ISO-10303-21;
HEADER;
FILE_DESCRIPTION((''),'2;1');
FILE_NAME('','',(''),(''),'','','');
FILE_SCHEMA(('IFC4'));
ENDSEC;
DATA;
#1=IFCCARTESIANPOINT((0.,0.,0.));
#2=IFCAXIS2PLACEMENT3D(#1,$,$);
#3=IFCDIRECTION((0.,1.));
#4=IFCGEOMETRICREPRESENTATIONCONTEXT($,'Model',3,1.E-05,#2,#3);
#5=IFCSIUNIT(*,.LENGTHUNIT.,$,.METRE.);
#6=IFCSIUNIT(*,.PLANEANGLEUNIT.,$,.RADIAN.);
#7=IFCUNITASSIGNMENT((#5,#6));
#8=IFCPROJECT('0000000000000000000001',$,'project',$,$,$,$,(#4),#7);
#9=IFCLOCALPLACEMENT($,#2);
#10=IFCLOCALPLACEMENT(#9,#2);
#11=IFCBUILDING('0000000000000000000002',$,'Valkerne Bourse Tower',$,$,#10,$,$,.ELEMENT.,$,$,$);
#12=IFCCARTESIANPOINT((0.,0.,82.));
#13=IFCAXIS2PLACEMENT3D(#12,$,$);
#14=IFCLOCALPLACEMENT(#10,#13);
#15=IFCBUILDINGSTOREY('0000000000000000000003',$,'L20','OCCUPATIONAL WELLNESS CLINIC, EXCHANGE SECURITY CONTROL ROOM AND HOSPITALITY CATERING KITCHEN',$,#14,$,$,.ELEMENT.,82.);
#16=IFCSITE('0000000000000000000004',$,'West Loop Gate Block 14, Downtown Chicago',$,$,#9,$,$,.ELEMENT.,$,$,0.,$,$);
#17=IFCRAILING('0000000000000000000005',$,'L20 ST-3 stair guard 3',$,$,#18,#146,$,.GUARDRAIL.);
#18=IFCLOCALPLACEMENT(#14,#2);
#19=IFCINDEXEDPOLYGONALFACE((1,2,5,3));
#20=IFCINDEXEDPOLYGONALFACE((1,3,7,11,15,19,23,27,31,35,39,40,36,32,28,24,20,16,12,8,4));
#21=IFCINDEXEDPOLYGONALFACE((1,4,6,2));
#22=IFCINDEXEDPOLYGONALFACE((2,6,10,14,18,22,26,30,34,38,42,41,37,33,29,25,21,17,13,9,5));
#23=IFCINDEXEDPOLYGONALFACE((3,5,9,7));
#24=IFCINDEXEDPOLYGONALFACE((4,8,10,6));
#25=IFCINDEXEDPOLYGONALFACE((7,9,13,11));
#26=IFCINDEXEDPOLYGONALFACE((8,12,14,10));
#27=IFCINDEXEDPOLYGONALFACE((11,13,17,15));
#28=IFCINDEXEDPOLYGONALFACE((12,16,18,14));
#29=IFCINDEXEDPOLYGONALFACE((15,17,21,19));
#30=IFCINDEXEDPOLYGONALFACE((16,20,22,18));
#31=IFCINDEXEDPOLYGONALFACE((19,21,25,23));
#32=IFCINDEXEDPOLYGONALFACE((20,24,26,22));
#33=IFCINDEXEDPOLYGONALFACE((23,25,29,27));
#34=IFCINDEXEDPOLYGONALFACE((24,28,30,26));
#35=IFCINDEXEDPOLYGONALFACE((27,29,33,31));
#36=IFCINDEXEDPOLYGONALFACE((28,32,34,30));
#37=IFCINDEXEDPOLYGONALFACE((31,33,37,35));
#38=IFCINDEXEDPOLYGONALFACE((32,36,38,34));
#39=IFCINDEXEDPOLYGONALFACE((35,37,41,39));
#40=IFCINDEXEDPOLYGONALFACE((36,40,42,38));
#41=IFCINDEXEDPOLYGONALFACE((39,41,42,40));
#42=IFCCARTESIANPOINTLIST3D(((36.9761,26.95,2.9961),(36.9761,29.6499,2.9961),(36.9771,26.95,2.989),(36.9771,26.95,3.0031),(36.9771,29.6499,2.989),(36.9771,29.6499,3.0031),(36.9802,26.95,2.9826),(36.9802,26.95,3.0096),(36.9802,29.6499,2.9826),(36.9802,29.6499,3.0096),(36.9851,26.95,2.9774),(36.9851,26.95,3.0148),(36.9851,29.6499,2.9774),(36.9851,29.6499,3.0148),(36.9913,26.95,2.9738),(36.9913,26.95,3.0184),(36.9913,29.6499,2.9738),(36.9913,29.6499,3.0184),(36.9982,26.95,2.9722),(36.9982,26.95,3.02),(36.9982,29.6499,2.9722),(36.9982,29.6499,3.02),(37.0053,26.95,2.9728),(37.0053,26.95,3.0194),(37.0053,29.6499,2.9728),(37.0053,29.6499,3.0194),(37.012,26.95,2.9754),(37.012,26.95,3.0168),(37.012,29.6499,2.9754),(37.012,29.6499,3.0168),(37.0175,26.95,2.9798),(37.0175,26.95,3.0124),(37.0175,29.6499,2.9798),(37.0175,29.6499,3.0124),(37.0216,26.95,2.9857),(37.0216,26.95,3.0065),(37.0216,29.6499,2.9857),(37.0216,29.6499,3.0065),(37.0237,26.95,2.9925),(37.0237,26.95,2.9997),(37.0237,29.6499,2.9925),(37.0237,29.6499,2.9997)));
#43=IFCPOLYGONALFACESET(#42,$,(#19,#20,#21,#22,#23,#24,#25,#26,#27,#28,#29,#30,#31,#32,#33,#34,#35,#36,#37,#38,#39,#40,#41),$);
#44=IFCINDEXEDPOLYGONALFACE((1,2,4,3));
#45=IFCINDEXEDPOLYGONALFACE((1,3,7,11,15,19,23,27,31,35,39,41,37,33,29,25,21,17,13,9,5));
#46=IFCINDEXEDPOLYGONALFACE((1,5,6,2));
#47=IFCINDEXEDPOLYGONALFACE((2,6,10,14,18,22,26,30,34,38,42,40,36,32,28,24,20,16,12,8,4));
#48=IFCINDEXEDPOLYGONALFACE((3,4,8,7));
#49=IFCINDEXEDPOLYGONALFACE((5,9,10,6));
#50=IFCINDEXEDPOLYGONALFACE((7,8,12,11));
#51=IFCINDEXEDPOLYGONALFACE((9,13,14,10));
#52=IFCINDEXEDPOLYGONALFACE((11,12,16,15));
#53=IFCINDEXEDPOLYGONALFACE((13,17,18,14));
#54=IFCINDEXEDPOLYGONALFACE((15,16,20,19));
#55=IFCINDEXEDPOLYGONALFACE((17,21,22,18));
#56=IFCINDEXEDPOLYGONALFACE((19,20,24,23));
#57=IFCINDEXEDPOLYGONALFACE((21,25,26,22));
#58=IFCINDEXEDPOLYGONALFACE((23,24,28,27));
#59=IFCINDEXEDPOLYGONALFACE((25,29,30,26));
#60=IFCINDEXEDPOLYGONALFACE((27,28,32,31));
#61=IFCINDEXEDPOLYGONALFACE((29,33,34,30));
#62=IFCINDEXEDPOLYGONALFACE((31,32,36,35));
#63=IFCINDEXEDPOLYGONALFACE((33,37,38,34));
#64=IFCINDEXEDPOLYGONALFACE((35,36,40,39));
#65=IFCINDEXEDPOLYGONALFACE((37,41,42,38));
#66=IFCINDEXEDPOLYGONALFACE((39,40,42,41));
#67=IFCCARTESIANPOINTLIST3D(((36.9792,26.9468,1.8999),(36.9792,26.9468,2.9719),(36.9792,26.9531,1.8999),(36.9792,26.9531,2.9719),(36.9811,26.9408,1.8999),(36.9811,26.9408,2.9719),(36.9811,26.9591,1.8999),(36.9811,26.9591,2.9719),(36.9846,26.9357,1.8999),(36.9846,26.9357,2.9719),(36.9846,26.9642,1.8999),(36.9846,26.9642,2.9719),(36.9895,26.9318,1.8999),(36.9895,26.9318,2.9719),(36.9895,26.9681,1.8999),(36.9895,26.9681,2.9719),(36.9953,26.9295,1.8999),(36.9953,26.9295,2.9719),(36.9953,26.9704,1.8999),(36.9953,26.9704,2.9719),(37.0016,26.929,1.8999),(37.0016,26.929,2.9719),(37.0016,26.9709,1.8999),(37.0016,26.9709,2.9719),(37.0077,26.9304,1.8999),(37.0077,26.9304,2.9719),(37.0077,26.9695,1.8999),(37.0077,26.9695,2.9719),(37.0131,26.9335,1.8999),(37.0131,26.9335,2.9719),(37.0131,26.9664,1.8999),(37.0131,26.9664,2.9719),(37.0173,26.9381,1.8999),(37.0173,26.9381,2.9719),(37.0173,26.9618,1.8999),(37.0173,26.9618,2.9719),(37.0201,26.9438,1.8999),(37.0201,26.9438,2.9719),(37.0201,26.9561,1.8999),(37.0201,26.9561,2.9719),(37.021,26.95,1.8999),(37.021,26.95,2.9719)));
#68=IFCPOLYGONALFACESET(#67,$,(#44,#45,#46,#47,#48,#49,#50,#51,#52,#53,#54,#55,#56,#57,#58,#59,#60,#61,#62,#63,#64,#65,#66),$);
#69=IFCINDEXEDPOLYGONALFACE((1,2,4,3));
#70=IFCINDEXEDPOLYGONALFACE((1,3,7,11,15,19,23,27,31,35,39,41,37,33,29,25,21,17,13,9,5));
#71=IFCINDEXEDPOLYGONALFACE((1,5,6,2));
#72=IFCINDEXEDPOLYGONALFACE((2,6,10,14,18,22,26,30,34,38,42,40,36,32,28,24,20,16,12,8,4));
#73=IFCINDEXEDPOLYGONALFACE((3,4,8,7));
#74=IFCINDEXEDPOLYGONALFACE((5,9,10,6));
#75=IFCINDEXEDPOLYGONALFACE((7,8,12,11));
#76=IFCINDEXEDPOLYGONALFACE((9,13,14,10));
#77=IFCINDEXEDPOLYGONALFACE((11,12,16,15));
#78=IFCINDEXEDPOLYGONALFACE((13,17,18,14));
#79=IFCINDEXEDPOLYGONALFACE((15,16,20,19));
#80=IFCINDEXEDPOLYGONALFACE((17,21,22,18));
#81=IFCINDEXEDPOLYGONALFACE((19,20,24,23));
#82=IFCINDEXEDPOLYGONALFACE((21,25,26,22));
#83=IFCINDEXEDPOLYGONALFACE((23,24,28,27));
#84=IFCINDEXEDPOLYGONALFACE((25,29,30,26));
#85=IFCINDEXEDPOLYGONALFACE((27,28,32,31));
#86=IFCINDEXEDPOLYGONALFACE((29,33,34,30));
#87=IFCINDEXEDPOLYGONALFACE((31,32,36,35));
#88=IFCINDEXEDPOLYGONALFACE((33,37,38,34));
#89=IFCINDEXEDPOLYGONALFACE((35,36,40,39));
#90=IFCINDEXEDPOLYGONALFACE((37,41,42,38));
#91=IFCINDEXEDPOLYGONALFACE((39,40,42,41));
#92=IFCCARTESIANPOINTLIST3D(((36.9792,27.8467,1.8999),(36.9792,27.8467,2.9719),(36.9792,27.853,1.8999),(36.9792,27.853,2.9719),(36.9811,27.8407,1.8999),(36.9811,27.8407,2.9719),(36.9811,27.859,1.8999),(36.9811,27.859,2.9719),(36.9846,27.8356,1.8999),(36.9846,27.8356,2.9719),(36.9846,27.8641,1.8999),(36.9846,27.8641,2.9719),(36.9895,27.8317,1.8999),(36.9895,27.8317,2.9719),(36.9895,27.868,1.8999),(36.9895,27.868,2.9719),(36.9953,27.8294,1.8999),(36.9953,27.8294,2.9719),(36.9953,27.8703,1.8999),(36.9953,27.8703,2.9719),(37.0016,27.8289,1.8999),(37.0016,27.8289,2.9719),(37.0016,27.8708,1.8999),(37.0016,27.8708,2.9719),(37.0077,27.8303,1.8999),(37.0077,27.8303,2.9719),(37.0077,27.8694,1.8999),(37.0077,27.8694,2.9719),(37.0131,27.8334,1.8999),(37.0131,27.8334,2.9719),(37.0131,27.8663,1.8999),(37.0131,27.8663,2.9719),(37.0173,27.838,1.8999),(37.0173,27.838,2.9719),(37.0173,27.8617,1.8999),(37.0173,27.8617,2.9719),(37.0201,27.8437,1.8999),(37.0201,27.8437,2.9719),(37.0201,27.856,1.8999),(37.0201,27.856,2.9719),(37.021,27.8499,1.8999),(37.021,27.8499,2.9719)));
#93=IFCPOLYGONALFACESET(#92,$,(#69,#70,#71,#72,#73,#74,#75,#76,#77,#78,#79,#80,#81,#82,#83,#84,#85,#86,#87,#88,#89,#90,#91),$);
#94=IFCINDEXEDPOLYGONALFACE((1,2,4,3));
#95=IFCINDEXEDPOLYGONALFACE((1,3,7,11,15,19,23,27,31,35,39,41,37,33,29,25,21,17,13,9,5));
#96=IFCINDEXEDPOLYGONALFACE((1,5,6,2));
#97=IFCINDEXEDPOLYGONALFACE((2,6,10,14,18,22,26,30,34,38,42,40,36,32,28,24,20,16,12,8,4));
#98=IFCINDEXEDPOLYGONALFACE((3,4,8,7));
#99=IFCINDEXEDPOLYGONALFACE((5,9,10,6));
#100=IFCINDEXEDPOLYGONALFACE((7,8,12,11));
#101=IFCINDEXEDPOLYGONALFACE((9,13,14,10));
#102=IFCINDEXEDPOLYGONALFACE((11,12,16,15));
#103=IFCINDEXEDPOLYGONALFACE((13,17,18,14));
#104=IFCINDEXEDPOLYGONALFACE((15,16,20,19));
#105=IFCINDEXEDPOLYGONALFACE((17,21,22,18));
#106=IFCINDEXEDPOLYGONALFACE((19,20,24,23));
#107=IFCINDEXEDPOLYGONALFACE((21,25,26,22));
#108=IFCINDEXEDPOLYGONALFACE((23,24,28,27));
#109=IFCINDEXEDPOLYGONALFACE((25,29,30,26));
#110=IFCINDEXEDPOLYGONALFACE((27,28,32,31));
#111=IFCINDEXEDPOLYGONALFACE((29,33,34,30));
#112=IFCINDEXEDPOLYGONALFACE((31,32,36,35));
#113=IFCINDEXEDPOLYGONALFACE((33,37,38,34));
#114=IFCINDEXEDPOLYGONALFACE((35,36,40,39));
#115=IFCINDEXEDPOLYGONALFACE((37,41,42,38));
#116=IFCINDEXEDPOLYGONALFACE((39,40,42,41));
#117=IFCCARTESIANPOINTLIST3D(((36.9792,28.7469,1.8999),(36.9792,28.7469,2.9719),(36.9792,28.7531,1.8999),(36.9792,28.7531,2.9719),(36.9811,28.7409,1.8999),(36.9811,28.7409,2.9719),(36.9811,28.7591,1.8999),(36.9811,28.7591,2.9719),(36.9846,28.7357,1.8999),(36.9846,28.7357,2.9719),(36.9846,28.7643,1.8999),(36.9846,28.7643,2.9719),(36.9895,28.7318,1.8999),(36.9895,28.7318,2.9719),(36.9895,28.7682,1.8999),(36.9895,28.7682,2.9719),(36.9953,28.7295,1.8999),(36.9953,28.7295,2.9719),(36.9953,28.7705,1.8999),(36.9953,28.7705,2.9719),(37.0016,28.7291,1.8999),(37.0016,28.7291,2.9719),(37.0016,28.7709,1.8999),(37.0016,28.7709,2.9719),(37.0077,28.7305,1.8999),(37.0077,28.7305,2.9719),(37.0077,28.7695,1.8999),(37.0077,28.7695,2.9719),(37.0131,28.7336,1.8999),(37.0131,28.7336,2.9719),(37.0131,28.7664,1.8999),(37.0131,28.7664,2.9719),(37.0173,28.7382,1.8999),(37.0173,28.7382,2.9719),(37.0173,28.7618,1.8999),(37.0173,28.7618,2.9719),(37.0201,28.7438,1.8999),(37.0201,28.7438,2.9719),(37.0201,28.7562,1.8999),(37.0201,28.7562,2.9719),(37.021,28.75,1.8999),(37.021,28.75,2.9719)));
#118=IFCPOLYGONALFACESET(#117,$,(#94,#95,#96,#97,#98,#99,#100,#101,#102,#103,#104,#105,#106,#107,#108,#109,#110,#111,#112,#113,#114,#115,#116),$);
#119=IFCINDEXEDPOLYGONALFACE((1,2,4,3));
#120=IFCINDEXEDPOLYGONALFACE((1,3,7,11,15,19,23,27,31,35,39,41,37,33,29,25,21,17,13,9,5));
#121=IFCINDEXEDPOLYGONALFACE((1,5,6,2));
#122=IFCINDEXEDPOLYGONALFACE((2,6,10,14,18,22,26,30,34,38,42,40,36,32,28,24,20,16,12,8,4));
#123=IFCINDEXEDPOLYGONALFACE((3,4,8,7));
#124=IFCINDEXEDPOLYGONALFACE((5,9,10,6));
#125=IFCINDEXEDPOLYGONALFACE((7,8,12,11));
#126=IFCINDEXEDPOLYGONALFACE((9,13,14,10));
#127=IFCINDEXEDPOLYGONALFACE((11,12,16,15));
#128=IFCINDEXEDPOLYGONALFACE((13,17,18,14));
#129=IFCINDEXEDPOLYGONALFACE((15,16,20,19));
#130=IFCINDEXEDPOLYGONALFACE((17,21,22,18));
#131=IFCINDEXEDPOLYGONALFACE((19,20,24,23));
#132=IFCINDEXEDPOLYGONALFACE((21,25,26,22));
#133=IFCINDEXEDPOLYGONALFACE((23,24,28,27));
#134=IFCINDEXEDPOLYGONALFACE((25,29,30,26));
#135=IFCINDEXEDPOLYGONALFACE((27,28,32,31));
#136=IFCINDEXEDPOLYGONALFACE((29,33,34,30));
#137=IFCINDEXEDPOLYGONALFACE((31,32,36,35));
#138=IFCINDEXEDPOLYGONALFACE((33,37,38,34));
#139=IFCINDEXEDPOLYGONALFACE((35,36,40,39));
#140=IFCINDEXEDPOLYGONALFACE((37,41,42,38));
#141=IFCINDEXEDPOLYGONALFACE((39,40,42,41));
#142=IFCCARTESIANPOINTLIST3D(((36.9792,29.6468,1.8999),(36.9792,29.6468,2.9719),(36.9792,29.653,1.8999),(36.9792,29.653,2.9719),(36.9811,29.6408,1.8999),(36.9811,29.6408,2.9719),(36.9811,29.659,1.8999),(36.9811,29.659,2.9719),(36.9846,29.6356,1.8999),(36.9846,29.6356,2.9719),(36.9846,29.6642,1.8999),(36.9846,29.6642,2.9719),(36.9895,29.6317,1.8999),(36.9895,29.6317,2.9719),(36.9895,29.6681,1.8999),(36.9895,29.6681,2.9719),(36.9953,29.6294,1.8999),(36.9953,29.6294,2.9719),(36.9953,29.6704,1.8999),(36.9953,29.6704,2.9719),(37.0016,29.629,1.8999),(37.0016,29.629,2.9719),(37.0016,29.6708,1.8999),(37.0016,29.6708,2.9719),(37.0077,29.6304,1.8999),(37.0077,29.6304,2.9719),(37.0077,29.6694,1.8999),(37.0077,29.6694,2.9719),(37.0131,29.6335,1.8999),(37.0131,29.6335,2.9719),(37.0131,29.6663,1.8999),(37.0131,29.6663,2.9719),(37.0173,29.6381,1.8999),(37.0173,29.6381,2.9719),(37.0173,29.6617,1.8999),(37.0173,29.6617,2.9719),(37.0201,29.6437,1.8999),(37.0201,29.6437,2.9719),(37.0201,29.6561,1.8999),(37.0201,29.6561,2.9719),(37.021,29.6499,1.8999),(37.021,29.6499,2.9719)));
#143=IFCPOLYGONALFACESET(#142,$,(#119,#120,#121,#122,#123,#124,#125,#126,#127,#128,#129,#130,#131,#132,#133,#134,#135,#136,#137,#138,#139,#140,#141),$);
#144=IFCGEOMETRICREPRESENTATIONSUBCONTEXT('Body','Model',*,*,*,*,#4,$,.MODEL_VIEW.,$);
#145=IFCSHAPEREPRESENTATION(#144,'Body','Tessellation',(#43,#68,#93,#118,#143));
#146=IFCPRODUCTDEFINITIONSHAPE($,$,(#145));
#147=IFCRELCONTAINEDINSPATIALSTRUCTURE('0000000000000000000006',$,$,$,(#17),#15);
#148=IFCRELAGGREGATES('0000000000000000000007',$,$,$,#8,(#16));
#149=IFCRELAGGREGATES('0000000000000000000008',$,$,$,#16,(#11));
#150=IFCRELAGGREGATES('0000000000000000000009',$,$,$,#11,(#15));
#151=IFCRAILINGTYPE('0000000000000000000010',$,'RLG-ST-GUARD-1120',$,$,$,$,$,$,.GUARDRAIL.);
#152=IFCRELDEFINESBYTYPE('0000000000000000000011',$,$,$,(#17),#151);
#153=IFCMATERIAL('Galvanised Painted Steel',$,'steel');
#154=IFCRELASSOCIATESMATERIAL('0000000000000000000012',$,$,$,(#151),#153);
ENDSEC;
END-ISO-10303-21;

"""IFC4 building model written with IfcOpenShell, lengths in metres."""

from ifc_helpers import new_model, si_unit, direction, frame, origin, origin_2d, place, context, subcontext, project, spatial, circle, extrude, material, type_object, element, save


model = new_model("IFC4")

# Units and contexts
model_context = context("Model", 3, precision=1e-05, world=origin(), true_north=direction((0.0, 1.0)))
body_context = subcontext(model_context, "Body", "Model", "MODEL_VIEW")
ifc_project = project(units=[si_unit("LENGTHUNIT", "METRE"), si_unit("PLANEANGLEUNIT", "RADIAN")], contexts=[model_context])

# Site, building, storey
site_placement = place(None, origin())
site = spatial("IfcSite", under=ifc_project, at=site_placement, Name="West Loop Gate Block 14, Downtown Chicago", CompositionType="ELEMENT", RefElevation=0.0)
building_placement = place(site_placement, origin())
building = spatial("IfcBuilding", under=site, at=building_placement, Name="Valkerne Bourse Tower", CompositionType="ELEMENT")
storey_placement = place(building_placement, frame((0.0, 0.0, 82.0)))
storey = spatial("IfcBuildingStorey", under=building, at=storey_placement, Name="L20", Description="OCCUPATIONAL WELLNESS CLINIC, EXCHANGE SECURITY CONTROL ROOM AND HOSPITALITY CATERING KITCHEN", CompositionType="ELEMENT", Elevation=82.0)

# Railing
ifc_material_1 = material(Name="Galvanised Painted Steel", Category="steel")
railing_type_1 = type_object("IfcRailingType", Name="RLG-ST-GUARD-1120", PredefinedType="GUARDRAIL", material=ifc_material_1)
for number, where, name in (
    (1, (37.0, 26.95, 1.8999), "L20 ST-3 stair guard 3"),
):
    element("IfcRailing", number, at=place(storey_placement, frame(where)), inside=storey, type_object=railing_type_1, Name=name, PredefinedType="GUARDRAIL", context=body_context, shape_type="SweptSolid", body=[
        extrude(circle(Radius=0.0239, at=origin_2d()), frame((0.0, 0.0, 1.0962), z_axis=(0.0, 1.0, 0.0), x_axis=(-1.0, 0.0, 0.0)), (0.0, 0.0, 1.0), 2.7),
        extrude(circle(Radius=0.021, at=origin_2d()), origin(), (0.0, 0.0, 1.0), 1.072),
        extrude(circle(Radius=0.021, at=origin_2d()), frame((0.0, 0.8999, 0.0)), (0.0, 0.0, 1.0), 1.072),
        extrude(circle(Radius=0.021, at=origin_2d()), frame((0.0, 1.8, 0.0)), (0.0, 0.0, 1.0), 1.072),
        extrude(circle(Radius=0.021, at=origin_2d()), frame((0.0, 2.7, 0.0)), (0.0, 0.0, 1.0), 1.072),
    ])

save(model, "model.ifc")
